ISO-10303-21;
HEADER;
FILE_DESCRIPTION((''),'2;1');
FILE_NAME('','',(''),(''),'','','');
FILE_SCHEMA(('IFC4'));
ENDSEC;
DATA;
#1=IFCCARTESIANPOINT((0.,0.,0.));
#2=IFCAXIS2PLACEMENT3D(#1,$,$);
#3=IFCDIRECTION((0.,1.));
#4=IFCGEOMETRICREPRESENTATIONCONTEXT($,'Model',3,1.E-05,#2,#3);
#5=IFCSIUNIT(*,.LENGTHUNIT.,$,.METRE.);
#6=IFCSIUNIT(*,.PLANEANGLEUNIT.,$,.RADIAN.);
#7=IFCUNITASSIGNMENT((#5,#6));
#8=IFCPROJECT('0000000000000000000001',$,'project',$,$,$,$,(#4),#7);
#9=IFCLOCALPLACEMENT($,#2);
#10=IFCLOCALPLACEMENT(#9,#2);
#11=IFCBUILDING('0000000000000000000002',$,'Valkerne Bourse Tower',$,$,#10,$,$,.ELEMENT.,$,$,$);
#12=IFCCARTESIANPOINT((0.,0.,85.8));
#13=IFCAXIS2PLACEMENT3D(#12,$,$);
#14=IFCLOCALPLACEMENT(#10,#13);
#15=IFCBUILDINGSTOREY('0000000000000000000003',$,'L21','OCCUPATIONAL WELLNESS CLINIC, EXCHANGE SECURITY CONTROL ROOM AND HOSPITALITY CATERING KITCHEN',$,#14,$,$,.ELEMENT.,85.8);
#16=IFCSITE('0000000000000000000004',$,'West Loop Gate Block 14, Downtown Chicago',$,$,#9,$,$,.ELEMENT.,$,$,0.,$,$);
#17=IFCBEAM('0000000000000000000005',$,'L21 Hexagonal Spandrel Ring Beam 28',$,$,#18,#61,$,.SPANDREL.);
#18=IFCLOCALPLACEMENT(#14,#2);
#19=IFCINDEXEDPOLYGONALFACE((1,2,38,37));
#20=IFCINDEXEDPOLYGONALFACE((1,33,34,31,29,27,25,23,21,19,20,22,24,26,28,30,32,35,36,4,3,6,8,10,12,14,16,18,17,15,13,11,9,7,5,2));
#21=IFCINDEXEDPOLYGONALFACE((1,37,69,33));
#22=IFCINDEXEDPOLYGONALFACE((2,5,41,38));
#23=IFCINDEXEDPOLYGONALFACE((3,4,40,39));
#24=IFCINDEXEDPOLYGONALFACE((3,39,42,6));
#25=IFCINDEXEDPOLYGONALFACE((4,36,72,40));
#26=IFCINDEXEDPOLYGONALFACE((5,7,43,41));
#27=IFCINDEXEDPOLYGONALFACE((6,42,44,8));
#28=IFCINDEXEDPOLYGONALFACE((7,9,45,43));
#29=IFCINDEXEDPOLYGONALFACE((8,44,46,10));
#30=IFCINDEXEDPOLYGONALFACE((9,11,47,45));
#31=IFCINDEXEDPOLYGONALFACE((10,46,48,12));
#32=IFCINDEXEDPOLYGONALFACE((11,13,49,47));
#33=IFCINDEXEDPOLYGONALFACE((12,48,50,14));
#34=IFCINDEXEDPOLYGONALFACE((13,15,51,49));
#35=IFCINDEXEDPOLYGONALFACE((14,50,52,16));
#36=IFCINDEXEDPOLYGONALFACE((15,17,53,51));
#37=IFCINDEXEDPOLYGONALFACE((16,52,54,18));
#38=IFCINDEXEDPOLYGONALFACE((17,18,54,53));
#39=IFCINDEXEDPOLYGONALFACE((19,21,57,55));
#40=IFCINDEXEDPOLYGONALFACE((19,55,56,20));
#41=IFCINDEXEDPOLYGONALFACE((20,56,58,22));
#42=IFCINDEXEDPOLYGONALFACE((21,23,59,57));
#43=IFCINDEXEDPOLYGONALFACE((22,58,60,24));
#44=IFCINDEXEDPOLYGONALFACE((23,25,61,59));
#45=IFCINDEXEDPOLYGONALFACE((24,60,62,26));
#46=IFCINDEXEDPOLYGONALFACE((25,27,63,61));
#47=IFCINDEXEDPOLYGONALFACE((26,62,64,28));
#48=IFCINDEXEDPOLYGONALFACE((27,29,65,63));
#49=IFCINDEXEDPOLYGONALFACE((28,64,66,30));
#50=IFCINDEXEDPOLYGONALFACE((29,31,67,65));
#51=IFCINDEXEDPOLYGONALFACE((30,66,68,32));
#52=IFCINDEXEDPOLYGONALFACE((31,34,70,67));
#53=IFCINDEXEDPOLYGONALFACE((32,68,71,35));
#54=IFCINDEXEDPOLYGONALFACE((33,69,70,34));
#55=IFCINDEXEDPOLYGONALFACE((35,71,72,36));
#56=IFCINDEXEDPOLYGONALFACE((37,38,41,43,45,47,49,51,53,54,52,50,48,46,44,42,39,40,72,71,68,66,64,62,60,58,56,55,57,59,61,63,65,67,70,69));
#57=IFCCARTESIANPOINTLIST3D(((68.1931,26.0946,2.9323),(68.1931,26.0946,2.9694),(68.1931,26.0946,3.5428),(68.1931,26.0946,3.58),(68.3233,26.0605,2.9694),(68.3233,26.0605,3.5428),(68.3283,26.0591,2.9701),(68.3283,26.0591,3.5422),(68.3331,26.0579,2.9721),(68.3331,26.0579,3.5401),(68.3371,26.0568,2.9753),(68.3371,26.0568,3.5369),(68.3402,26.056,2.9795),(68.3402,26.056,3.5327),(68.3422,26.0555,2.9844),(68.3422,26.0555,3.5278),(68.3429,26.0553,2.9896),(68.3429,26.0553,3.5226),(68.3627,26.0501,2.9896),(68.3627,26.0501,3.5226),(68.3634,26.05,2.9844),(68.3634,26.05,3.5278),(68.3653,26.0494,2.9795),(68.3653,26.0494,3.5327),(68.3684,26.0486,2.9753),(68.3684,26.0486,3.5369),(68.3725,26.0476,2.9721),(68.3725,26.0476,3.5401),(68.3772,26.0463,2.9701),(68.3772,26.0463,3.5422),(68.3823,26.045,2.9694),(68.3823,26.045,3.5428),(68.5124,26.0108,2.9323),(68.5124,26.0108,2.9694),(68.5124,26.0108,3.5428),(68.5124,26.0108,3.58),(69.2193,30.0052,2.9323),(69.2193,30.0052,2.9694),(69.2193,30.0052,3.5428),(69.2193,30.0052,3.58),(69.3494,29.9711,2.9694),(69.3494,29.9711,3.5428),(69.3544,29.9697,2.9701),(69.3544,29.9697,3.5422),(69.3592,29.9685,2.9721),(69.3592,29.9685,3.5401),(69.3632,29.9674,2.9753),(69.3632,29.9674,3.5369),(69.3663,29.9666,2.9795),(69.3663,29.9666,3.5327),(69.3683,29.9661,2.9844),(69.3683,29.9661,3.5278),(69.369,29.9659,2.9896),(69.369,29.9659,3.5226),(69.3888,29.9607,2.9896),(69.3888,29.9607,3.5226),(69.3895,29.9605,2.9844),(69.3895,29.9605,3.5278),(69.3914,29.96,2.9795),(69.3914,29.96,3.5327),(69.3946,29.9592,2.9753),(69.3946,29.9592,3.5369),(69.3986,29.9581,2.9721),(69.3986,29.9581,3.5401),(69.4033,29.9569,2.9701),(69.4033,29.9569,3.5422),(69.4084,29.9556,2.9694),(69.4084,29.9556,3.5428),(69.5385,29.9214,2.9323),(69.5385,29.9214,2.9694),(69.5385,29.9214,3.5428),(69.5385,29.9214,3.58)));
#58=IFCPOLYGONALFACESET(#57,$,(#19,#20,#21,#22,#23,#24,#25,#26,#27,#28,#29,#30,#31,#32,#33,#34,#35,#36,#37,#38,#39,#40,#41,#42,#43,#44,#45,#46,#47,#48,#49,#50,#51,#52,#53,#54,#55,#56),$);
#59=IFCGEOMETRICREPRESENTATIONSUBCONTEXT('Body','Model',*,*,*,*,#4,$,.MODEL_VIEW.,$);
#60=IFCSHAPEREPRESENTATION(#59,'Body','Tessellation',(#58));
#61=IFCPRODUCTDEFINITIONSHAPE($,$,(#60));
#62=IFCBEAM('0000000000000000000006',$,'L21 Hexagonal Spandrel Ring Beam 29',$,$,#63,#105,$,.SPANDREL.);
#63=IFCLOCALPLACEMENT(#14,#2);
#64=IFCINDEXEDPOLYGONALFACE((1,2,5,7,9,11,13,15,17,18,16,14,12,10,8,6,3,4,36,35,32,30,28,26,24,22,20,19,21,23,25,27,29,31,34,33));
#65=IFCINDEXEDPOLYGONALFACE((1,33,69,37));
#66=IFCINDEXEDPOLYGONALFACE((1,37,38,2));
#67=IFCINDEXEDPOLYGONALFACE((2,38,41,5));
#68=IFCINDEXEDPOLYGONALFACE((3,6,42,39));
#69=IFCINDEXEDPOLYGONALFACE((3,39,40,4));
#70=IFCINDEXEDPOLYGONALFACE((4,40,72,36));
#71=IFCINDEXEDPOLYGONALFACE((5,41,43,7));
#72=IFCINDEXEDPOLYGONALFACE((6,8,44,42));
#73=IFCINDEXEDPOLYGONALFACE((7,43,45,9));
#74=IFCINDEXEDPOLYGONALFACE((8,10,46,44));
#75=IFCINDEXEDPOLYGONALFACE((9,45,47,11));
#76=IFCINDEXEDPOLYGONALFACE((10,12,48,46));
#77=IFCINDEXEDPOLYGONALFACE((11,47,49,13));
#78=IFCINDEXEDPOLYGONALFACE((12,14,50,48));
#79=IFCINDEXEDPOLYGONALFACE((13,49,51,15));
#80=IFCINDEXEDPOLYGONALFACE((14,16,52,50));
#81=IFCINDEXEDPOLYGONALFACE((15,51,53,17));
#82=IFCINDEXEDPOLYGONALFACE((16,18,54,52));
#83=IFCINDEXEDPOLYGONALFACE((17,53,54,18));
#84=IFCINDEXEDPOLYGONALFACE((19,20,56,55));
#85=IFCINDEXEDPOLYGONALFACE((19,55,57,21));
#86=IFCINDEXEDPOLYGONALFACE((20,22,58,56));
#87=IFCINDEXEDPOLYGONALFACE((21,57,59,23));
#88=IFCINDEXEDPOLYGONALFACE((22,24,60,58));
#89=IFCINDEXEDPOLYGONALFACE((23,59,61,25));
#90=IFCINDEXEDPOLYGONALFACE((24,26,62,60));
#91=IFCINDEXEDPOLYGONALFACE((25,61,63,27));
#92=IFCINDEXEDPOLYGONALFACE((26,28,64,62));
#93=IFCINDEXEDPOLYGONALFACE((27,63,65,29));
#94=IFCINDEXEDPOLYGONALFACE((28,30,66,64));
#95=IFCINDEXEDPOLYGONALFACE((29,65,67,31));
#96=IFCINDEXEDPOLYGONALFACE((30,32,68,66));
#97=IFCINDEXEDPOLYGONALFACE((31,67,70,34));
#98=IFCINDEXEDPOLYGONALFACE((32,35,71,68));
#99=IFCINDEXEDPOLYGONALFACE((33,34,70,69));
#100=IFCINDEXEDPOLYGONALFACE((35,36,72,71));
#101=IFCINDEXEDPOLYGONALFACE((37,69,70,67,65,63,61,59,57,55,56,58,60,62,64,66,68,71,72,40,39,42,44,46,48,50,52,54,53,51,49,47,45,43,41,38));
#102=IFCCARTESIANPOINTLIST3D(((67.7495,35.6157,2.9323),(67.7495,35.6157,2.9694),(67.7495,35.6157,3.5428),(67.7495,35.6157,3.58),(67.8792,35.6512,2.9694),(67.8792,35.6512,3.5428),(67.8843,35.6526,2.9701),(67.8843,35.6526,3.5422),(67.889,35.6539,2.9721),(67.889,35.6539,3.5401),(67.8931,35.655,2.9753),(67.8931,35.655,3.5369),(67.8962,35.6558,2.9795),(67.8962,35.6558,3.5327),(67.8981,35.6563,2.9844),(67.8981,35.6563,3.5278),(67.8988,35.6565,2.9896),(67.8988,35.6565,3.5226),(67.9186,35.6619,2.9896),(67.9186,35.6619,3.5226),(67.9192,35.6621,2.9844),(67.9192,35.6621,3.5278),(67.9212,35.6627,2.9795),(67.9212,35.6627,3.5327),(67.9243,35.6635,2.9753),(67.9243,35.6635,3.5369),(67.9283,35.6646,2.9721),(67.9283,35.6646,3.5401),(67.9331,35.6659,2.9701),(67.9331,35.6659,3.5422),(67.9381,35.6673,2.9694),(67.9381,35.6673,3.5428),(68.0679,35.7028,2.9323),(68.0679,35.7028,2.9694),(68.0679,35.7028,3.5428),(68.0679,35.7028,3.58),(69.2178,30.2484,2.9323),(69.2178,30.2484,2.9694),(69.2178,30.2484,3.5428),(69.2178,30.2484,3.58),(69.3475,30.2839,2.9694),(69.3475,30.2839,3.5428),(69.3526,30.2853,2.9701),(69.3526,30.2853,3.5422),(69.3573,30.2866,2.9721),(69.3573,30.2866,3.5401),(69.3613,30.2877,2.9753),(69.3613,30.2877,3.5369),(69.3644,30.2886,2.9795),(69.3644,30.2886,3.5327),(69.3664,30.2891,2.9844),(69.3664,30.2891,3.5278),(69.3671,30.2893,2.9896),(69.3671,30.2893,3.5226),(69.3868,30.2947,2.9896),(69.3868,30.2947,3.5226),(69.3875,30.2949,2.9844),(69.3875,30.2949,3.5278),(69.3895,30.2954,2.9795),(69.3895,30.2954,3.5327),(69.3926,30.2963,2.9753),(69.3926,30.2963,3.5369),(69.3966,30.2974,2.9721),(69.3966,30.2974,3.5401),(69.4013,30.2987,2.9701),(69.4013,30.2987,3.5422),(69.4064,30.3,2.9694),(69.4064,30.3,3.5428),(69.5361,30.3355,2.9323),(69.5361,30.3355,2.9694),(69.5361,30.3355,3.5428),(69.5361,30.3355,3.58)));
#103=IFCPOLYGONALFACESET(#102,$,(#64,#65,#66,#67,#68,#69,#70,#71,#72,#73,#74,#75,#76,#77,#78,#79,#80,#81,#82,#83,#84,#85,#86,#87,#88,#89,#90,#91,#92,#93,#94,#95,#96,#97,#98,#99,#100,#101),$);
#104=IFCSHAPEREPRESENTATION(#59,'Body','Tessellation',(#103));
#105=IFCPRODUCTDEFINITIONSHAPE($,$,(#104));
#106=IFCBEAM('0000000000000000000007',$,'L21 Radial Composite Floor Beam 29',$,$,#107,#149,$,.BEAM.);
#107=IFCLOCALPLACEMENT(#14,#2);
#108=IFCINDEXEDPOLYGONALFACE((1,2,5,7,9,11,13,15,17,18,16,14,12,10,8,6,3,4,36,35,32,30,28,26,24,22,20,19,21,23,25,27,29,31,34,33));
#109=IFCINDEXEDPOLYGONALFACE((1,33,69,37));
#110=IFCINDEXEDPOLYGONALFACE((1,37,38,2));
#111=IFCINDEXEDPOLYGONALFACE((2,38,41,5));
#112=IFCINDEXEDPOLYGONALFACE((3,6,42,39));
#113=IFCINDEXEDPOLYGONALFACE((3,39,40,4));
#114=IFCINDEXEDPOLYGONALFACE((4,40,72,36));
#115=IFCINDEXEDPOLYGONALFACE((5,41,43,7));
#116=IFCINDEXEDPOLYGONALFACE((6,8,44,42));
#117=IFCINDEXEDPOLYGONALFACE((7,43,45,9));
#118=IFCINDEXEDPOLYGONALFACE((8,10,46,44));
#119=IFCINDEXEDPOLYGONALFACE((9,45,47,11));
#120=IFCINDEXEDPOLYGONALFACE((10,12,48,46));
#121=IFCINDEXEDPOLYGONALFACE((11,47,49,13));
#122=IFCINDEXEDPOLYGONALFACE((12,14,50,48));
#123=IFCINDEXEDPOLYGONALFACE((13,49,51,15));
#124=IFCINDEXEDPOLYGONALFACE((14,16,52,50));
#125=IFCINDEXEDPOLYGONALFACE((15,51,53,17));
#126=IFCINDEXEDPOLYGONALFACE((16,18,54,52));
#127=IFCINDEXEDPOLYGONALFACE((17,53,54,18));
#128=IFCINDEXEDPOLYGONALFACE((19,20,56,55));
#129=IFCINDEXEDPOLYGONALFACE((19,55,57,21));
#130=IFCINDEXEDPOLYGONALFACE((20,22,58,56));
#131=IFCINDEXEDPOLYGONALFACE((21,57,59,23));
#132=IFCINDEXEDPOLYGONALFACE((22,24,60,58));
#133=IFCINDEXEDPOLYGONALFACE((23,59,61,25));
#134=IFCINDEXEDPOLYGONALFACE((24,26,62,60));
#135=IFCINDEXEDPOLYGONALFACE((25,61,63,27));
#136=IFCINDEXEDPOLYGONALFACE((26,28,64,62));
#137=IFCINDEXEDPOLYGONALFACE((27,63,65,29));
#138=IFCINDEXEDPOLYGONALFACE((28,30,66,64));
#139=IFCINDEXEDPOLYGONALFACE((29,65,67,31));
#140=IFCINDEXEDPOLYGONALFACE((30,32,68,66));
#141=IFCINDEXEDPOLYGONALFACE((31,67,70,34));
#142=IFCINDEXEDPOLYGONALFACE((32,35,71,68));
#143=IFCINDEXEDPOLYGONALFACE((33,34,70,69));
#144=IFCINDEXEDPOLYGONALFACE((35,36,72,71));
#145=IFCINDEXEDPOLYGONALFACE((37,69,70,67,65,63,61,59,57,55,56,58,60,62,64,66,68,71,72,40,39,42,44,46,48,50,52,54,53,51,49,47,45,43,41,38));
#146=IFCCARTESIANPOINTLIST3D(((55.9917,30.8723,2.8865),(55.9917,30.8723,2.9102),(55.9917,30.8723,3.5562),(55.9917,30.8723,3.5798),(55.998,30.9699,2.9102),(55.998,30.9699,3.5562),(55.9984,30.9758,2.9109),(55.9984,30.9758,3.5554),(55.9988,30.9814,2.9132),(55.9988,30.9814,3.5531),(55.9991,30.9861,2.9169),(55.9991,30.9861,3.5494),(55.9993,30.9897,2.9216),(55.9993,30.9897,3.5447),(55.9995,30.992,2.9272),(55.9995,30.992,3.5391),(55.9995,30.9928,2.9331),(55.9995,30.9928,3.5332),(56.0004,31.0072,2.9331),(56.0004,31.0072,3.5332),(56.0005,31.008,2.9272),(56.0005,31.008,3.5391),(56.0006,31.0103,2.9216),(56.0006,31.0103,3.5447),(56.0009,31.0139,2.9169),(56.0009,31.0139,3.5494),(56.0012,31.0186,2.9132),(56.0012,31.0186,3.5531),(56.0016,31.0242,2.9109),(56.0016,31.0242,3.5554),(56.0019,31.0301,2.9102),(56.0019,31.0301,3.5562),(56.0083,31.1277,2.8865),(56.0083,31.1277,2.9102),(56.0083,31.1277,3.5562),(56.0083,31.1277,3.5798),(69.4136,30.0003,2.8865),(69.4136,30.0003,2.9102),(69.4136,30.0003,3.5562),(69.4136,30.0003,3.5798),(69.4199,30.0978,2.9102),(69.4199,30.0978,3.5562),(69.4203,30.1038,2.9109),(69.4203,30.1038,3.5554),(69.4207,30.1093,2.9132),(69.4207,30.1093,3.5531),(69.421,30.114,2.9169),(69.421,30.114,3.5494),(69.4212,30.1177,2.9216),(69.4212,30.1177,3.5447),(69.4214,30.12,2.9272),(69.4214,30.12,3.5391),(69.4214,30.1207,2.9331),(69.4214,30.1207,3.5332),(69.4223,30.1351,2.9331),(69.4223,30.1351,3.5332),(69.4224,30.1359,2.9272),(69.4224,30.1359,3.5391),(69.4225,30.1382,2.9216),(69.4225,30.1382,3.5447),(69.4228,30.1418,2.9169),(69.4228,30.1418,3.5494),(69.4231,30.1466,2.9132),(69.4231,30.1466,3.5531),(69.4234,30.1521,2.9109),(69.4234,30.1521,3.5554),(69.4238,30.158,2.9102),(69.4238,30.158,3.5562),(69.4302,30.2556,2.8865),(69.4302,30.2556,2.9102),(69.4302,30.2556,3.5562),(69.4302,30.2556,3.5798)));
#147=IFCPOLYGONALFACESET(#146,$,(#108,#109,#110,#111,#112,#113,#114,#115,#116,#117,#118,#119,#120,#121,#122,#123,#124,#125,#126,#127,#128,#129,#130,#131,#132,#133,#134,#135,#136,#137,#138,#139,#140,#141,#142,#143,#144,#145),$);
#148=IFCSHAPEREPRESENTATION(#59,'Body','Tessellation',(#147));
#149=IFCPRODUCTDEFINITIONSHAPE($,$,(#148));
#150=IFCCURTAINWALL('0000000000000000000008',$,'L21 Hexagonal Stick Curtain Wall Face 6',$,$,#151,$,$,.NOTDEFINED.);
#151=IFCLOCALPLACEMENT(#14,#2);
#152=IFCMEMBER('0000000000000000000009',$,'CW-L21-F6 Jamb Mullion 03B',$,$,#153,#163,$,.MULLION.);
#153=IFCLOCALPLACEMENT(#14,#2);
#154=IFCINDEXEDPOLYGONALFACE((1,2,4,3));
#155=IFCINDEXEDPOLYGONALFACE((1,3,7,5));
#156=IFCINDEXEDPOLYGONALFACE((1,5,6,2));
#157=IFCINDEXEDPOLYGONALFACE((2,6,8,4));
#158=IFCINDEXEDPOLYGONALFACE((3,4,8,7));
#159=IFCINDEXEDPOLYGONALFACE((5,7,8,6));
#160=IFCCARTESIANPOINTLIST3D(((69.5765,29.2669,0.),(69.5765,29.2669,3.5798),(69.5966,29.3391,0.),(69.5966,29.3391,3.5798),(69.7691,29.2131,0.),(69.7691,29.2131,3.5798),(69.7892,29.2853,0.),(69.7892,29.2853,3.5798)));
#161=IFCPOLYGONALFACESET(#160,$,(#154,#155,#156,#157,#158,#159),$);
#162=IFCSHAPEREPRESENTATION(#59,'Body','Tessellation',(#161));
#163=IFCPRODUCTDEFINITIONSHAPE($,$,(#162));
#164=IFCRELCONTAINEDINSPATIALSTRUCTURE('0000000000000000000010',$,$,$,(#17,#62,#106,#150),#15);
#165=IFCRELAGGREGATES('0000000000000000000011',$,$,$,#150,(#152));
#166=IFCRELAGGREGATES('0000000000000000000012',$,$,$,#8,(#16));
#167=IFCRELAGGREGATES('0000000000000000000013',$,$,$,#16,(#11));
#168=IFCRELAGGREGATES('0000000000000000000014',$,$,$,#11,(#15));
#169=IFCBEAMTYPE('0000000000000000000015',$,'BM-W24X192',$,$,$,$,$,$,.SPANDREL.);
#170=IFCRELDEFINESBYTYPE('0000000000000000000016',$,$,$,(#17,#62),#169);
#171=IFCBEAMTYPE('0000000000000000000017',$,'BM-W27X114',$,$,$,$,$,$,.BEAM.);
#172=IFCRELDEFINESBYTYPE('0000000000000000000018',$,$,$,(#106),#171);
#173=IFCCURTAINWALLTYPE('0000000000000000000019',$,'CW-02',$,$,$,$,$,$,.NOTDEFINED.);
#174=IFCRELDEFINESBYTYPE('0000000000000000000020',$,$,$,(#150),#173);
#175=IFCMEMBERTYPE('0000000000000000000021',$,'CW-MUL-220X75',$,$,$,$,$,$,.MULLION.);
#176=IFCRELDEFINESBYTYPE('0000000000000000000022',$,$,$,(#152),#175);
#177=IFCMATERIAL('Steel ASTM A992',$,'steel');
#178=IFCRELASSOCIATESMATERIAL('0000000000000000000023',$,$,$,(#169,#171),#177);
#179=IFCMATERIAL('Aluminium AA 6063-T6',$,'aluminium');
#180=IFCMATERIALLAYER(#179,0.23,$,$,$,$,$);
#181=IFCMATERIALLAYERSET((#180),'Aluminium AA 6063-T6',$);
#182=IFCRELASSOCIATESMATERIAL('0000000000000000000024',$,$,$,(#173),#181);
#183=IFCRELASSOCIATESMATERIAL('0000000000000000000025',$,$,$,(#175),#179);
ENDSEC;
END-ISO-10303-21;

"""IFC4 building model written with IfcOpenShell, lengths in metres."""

from ifc_helpers import new_model, si_unit, direction, frame, origin, origin_2d, place, context, subcontext, project, spatial, rectangle, i_section, extrude, material, layer, layer_set, material_profile, profile_set, type_object, element, aggregate, save


model = new_model("IFC4")

# Units and contexts
model_context = context("Model", 3, precision=1e-05, world=origin(), true_north=direction((0.0, 1.0)))
body_context = subcontext(model_context, "Body", "Model", "MODEL_VIEW")
ifc_project = project(units=[si_unit("LENGTHUNIT", "METRE"), si_unit("PLANEANGLEUNIT", "RADIAN")], contexts=[model_context])

# Site, building, storey
site_placement = place(None, origin())
site = spatial("IfcSite", under=ifc_project, at=site_placement, Name="West Loop Gate Block 14, Downtown Chicago", CompositionType="ELEMENT", RefElevation=0.0)
building_placement = place(site_placement, origin())
building = spatial("IfcBuilding", under=site, at=building_placement, Name="Valkerne Bourse Tower", CompositionType="ELEMENT")
storey_placement = place(building_placement, frame((0.0, 0.0, 85.8)))
storey = spatial("IfcBuildingStorey", under=building, at=storey_placement, Name="L21", Description="OCCUPATIONAL WELLNESS CLINIC, EXCHANGE SECURITY CONTROL ROOM AND HOSPITALITY CATERING KITCHEN", CompositionType="ELEMENT", Elevation=85.8)

# Beams
ifc_material_1 = material(Name="Steel ASTM A992", Category="steel")
ifc_material_profile_1 = material_profile(ifc_material_1, i_section(OverallWidth=0.3301, OverallDepth=0.6477, WebThickness=0.0205, FlangeThickness=0.0371, FilletRadius=0.0203, at=origin_2d()), Name="W24X192")
ifc_profile_set_1 = profile_set([ifc_material_profile_1], Name="Steel ASTM A992")
beam_type_1 = type_object("IfcBeamType", Name="BM-W24X192", PredefinedType="SPANDREL", material=ifc_profile_set_1)
beam_1_placement = place(storey_placement, frame((68.3528, 26.0527, 3.2561), z_axis=(0.253801, 0.967257, 0.0), x_axis=(-0.967257, 0.253801, 0.0)))
element("IfcBeam", 1, at=beam_1_placement, inside=storey, type_object=beam_type_1, Name="L21 Hexagonal Spandrel Ring Beam 28", PredefinedType="SPANDREL", context=body_context, shape_type="SweptSolid", body=[
    extrude(i_section(OverallWidth=0.3301, OverallDepth=0.6477, WebThickness=0.0205, FlangeThickness=0.0371, FilletRadius=0.0203, at=origin_2d()), origin(), (0.0, 0.0, 1.0), 4.043),
])
beam_2_placement = place(storey_placement, frame((69.377, 30.292, 3.2561), z_axis=(-0.263867, 0.964559, 0.0), x_axis=(-0.964559, -0.263867, 0.0)))
element("IfcBeam", 2, at=beam_2_placement, inside=storey, type_object=beam_type_1, Name="L21 Hexagonal Spandrel Ring Beam 29", PredefinedType="SPANDREL", context=body_context, shape_type="SweptSolid", body=[
    extrude(i_section(OverallWidth=0.3301, OverallDepth=0.6477, WebThickness=0.0205, FlangeThickness=0.0371, FilletRadius=0.0203, at=origin_2d()), origin(), (0.0, 0.0, 1.0), 5.5645),
])
ifc_material_profile_2 = material_profile(ifc_material_1, i_section(OverallWidth=0.2559, OverallDepth=0.6934, WebThickness=0.0144, FlangeThickness=0.0237, FilletRadius=0.0229, at=origin_2d()), Name="W27X114")
ifc_profile_set_2 = profile_set([ifc_material_profile_2], Name="Steel ASTM A992")
beam_type_2 = type_object("IfcBeamType", Name="BM-W27X114", PredefinedType="BEAM", material=ifc_profile_set_2)
beam_3_placement = place(storey_placement, frame((69.4219, 30.1279, 3.2332), z_axis=(-0.997896, 0.064837, 0.0), x_axis=(-0.064837, -0.997896, 0.0)))
element("IfcBeam", 3, at=beam_3_placement, inside=storey, type_object=beam_type_2, Name="L21 Radial Composite Floor Beam 29", PredefinedType="BEAM", context=body_context, shape_type="SweptSolid", body=[
    extrude(i_section(OverallWidth=0.2559, OverallDepth=0.6934, WebThickness=0.0144, FlangeThickness=0.0237, FilletRadius=0.0229, at=origin_2d()), origin(), (0.0, 0.0, 1.0), 13.4502),
])

# Curtain wall, member
ifc_material_2 = material(Name="Aluminium AA 6063-T6", Category="aluminium")
ifc_layer_1 = layer(ifc_material_2, 0.23)
ifc_layer_set_1 = layer_set([ifc_layer_1], Name="Aluminium AA 6063-T6")
curtain_wall_type = type_object("IfcCurtainWallType", Name="CW-02", PredefinedType="NOTDEFINED", material=ifc_layer_set_1)
curtain_wall_placement = place(storey_placement, origin())
curtain_wall = element("IfcCurtainWall", 4, at=curtain_wall_placement, inside=storey, type_object=curtain_wall_type, Name="L21 Hexagonal Stick Curtain Wall Face 6", PredefinedType="NOTDEFINED")
ifc_material_profile_3 = material_profile(ifc_material_2, rectangle(XDim=0.075, YDim=0.2, at=origin_2d()), Name="CWM-75X200")
ifc_profile_set_3 = profile_set([ifc_material_profile_3], Name="Aluminium AA 6063-T6")
member_type_1 = type_object("IfcMemberType", Name="CW-MUL-220X75", PredefinedType="MULLION", material=ifc_profile_set_3)
member_1_placement = place(storey_placement, frame((69.6829, 29.2761, 0.0), z_axis=(0.0, 0.0, 1.0), x_axis=(0.268922, 0.963162, 0.0)))
member_1 = element("IfcMember", 5, at=member_1_placement, type_object=member_type_1, Name="CW-L21-F6 Jamb Mullion 03B", PredefinedType="MULLION", context=body_context, shape_type="SweptSolid", body=[
    extrude(rectangle(XDim=0.075, YDim=0.2, at=origin_2d()), origin(), (0.0, 0.0, 1.0), 3.5798),
])

aggregate(curtain_wall, [member_1])

save(model, "model.ifc")
